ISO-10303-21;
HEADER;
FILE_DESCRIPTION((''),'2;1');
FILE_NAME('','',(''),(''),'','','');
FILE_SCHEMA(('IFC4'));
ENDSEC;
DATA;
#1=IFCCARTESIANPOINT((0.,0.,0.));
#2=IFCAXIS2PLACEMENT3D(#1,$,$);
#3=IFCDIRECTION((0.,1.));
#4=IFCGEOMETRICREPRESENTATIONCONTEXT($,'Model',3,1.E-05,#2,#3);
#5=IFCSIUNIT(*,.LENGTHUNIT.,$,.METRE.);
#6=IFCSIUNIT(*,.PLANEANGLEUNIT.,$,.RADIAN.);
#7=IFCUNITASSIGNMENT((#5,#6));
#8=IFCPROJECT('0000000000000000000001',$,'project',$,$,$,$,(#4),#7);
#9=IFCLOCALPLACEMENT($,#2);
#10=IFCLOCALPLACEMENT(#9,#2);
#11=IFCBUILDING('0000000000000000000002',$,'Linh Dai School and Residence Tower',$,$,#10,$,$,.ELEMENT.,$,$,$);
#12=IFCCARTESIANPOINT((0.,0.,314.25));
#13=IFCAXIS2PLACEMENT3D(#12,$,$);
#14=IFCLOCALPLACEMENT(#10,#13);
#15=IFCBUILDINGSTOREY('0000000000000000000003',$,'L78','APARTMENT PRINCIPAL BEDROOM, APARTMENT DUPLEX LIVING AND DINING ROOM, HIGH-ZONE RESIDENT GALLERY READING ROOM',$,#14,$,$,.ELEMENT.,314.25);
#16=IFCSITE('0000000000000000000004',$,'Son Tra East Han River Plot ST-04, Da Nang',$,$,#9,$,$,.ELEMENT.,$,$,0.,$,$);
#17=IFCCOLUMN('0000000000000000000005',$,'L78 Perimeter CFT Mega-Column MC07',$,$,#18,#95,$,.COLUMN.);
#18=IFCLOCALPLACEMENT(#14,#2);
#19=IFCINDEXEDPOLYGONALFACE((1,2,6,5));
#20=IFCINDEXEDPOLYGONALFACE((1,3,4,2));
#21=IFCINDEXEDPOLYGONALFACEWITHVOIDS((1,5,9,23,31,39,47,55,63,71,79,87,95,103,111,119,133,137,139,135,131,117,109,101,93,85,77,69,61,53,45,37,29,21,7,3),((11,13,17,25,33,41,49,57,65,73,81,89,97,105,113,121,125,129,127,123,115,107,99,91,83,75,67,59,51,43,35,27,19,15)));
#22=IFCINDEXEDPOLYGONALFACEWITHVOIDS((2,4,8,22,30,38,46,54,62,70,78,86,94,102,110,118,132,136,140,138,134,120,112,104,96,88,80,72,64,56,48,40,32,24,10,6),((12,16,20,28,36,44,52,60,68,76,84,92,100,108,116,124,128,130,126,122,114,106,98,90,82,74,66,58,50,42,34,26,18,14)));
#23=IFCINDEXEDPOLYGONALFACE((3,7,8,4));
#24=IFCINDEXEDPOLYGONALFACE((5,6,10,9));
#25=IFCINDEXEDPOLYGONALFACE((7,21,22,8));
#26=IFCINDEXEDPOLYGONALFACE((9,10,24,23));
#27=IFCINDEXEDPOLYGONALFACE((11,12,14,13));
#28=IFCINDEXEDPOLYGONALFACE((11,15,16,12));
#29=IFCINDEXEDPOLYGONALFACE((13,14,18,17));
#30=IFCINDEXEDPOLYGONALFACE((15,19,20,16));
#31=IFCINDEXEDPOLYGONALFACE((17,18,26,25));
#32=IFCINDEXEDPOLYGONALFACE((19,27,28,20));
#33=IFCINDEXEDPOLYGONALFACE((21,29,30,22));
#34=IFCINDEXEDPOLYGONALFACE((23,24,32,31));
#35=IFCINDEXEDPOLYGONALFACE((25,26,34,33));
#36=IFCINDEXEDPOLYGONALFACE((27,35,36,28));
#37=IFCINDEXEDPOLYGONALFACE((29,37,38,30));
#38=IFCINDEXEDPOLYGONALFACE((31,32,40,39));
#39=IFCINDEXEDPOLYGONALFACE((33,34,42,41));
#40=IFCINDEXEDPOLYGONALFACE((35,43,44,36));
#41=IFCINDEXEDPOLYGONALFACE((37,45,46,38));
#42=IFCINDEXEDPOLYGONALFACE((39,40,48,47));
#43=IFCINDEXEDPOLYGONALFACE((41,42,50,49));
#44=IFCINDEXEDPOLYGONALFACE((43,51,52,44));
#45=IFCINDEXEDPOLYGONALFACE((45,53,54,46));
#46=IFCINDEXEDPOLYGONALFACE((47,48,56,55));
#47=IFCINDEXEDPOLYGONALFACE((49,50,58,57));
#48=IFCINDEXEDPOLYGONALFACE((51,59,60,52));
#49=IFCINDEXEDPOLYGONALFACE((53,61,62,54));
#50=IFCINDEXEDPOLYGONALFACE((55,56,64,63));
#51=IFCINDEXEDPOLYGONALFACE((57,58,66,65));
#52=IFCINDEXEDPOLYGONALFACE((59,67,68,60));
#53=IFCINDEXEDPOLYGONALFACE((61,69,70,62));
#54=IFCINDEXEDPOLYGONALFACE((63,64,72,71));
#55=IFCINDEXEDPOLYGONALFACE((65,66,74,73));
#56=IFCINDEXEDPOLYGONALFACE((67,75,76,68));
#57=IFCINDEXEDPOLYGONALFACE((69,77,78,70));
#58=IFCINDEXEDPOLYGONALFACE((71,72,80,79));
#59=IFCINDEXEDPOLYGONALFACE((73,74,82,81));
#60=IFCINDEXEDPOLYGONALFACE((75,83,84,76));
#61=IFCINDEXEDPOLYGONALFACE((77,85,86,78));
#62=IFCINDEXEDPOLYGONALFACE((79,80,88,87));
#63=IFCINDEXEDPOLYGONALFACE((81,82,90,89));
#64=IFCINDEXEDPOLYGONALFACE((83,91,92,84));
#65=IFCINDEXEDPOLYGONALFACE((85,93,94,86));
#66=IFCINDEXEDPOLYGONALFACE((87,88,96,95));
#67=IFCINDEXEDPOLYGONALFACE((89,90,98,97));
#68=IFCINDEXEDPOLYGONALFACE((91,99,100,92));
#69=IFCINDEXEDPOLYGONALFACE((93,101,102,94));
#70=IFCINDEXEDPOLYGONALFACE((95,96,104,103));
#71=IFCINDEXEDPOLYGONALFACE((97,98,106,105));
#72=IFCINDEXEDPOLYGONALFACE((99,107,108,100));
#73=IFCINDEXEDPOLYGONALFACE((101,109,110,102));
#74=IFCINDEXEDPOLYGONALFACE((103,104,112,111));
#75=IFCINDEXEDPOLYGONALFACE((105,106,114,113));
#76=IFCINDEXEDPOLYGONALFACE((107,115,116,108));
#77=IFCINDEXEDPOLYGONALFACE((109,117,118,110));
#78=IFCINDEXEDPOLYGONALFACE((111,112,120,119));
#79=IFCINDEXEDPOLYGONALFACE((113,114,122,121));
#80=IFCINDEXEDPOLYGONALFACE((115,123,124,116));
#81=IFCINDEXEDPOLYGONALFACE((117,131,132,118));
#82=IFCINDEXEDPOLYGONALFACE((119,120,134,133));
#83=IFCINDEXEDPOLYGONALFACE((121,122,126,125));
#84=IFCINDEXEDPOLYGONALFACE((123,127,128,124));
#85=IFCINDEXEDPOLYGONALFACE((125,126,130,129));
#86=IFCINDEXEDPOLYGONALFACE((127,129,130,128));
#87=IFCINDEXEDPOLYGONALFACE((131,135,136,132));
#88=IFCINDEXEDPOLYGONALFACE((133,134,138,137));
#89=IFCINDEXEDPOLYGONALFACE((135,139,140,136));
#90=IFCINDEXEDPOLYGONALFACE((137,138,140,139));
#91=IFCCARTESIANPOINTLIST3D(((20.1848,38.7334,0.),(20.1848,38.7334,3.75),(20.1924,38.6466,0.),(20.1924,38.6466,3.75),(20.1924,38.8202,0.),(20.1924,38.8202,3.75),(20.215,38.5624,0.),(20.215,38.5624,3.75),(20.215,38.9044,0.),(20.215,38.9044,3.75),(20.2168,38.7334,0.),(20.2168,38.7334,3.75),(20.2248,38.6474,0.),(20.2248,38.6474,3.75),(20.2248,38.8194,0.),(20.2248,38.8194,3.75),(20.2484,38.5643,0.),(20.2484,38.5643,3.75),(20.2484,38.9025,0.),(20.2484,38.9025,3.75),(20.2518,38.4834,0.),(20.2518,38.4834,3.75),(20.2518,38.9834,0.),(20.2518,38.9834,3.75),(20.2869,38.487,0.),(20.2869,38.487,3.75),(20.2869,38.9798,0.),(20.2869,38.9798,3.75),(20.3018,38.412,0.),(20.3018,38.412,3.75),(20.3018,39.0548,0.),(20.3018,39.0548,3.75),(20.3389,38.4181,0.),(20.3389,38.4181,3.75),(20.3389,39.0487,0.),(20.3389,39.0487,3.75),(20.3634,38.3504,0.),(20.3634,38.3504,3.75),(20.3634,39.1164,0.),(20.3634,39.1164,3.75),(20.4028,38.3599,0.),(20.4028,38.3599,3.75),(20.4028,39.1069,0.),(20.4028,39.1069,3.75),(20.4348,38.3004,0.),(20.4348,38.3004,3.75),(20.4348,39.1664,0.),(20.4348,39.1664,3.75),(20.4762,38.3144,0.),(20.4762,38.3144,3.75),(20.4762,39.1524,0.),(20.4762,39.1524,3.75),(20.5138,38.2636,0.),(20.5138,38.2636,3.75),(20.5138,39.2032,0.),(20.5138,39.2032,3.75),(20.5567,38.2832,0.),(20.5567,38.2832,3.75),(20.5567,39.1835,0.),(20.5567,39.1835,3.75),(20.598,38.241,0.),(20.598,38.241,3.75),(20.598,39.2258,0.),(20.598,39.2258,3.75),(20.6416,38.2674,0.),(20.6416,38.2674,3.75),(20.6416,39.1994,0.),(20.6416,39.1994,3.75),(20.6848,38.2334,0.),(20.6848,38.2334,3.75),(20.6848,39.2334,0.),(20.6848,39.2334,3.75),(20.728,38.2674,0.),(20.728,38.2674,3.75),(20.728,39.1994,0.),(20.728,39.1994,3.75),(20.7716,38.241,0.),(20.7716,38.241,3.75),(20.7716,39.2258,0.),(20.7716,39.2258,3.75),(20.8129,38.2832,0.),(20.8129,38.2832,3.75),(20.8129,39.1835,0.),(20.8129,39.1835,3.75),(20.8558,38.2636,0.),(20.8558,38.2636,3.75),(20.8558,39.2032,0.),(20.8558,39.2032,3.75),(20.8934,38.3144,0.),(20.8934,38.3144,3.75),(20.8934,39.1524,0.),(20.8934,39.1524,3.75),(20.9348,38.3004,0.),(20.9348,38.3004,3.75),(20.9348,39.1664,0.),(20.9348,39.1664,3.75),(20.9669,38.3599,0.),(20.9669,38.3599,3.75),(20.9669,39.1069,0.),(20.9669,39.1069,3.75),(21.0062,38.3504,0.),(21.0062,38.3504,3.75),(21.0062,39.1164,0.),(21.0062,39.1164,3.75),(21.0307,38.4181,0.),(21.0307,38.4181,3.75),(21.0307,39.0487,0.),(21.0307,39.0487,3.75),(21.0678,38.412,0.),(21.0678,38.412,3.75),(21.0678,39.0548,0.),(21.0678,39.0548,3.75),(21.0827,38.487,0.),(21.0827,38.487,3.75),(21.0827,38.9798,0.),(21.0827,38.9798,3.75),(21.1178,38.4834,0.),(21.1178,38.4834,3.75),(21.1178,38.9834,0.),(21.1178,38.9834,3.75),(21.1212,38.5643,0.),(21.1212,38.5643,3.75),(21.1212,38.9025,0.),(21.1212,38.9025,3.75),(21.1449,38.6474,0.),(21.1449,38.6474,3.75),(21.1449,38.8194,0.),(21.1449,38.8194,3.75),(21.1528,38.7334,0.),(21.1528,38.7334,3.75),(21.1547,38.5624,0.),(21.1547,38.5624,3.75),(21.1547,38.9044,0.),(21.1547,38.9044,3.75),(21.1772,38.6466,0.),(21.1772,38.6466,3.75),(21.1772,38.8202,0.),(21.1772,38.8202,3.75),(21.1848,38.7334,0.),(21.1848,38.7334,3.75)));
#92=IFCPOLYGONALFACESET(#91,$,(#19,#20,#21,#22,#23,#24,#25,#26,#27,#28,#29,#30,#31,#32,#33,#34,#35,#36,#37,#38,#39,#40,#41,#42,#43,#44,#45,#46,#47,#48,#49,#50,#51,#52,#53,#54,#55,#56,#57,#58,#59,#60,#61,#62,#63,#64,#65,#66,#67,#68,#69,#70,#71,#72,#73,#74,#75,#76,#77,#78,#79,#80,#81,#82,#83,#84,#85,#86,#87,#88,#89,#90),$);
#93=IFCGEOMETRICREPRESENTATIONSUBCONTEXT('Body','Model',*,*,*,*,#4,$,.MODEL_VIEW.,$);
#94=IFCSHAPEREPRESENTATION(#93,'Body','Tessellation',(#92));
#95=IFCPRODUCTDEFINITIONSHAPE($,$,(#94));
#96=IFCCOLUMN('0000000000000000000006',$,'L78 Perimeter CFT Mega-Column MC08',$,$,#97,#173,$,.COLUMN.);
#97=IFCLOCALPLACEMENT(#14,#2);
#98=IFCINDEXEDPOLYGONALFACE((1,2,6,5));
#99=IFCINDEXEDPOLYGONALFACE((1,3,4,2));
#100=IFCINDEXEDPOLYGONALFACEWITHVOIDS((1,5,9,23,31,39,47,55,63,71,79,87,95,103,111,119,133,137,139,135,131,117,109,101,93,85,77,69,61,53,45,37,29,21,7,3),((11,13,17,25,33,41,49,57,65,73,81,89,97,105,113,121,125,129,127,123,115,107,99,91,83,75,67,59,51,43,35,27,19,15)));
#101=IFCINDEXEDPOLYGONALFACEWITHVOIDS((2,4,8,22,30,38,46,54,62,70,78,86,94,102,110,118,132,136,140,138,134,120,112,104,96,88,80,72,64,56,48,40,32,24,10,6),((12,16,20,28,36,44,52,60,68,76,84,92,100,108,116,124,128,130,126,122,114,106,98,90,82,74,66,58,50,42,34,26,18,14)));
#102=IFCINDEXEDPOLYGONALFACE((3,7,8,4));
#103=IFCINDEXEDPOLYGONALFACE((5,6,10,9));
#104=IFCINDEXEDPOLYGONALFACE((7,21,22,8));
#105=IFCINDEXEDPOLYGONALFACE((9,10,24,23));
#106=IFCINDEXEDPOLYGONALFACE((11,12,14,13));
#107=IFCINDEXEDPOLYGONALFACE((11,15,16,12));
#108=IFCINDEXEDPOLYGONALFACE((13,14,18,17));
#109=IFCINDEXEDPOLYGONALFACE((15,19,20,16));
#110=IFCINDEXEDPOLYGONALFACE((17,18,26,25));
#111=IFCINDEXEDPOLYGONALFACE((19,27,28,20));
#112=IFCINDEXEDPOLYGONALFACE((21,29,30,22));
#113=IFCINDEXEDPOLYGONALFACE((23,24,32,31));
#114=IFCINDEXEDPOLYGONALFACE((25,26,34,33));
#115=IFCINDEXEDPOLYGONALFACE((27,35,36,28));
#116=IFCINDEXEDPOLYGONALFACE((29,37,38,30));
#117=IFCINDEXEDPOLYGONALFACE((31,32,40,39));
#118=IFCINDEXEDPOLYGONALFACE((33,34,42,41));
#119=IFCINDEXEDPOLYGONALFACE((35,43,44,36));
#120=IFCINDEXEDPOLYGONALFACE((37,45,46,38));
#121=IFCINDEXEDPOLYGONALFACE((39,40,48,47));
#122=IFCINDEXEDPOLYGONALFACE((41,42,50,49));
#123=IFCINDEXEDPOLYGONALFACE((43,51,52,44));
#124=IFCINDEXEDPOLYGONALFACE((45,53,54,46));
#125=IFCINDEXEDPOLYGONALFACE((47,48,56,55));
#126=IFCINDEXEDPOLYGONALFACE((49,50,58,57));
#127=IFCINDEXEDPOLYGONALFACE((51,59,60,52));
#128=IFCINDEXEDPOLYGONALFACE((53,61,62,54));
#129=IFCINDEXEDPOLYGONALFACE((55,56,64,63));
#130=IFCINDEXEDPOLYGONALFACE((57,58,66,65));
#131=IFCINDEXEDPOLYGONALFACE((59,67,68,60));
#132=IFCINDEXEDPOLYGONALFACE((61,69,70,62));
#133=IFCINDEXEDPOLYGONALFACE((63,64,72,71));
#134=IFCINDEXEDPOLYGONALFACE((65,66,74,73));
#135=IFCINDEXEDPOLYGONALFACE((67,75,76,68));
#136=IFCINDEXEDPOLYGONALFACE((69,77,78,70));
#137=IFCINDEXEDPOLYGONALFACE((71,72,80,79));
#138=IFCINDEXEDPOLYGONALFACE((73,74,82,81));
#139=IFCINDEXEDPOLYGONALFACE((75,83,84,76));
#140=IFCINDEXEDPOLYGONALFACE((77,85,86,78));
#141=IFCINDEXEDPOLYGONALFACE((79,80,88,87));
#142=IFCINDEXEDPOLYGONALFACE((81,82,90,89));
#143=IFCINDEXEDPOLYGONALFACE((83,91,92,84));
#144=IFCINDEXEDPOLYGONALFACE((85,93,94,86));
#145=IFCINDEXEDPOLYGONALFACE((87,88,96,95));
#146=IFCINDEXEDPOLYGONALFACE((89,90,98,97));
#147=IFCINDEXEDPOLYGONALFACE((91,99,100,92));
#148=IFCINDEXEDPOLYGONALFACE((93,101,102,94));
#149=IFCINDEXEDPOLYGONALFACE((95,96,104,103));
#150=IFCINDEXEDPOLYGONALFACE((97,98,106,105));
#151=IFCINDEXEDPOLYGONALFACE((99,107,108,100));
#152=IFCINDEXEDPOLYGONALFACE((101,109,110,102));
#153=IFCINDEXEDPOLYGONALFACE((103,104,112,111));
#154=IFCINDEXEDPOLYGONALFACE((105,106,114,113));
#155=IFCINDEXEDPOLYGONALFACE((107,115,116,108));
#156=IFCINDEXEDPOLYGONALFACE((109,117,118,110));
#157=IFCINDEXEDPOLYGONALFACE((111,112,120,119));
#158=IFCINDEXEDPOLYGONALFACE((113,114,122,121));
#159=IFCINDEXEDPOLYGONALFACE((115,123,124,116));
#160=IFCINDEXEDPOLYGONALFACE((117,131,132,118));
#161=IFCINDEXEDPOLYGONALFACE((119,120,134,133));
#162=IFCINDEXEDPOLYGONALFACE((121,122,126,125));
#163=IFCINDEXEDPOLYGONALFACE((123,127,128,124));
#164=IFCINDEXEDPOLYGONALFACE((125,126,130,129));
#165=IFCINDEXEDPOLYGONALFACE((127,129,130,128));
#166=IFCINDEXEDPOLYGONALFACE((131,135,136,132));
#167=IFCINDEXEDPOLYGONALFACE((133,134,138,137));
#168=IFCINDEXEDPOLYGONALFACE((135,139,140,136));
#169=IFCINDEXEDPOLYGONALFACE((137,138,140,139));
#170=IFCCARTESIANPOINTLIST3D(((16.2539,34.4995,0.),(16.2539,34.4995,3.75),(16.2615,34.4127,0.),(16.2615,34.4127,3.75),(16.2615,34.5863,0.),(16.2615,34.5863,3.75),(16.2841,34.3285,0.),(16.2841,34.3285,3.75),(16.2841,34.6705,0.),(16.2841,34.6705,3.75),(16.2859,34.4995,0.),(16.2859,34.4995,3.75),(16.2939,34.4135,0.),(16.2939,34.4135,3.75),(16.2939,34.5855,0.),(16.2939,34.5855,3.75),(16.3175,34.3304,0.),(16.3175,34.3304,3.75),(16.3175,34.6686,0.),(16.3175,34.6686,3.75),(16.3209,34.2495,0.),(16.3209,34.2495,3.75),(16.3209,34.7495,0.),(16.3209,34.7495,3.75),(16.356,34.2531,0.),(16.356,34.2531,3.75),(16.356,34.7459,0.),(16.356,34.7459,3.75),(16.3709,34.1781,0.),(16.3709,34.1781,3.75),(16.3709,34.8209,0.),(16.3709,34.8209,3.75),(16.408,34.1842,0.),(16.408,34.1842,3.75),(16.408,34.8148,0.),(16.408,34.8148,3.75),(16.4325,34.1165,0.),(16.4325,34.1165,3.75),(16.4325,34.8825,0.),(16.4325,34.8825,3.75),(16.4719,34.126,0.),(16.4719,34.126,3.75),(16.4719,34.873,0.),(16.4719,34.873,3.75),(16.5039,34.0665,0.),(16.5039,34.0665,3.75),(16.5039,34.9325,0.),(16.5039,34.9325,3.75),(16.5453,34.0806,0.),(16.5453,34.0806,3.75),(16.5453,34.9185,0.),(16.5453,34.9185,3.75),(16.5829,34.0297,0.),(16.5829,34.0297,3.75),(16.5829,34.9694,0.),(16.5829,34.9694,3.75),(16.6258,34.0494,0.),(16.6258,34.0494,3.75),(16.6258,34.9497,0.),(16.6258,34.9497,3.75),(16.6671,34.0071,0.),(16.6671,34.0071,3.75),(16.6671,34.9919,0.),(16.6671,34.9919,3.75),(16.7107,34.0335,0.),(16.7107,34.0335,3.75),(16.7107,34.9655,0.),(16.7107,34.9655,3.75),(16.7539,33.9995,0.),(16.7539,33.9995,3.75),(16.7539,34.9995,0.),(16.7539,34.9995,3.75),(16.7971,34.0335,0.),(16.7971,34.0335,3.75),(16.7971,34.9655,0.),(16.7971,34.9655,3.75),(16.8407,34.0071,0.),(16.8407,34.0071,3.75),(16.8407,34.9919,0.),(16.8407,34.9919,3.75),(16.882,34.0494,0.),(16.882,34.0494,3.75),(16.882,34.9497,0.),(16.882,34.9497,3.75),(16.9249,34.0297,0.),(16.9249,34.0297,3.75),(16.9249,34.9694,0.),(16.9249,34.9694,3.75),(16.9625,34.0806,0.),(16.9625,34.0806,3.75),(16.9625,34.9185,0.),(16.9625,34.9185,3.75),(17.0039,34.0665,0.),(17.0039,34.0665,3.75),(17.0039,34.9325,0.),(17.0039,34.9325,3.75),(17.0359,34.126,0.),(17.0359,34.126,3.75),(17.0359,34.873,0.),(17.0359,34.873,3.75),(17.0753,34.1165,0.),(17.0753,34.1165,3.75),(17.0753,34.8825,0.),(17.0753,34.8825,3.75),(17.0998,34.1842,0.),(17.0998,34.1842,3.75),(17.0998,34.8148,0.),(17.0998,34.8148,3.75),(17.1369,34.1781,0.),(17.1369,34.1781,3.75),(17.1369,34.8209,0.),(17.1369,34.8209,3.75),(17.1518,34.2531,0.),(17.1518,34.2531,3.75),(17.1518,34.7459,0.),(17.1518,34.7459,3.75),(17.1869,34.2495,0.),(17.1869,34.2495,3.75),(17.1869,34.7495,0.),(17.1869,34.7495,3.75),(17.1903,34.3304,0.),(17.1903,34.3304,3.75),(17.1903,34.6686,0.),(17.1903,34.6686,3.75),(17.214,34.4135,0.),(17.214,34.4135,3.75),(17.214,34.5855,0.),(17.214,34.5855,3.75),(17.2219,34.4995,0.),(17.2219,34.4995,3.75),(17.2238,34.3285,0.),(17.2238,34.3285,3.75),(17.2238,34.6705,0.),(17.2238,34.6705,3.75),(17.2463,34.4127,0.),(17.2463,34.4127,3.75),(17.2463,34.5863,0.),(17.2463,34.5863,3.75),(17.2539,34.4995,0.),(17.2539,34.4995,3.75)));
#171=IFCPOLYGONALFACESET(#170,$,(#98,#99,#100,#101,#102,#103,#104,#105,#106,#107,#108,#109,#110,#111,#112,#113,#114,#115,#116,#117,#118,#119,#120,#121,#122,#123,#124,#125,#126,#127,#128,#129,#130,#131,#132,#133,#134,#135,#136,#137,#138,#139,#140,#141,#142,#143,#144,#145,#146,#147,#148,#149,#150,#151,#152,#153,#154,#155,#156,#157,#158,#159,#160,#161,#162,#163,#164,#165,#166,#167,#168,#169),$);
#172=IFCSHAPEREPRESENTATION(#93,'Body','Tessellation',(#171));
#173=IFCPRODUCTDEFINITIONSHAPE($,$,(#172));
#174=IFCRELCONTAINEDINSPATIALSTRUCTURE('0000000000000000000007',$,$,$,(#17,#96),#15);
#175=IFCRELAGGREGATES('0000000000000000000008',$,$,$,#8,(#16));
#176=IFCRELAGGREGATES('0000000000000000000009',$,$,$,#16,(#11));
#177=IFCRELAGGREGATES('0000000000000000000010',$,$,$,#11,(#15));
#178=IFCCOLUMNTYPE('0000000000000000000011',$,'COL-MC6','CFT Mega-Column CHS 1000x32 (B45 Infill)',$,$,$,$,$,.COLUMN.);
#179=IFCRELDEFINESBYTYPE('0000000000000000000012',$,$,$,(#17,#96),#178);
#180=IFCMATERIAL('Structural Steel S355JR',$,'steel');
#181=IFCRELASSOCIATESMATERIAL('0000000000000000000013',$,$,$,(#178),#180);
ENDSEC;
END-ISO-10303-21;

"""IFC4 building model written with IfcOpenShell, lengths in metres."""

from ifc_helpers import new_model, si_unit, direction, frame, origin, origin_2d, place, context, subcontext, project, spatial, hollow_circle, extrude, material, material_profile, profile_set, type_object, element, save


model = new_model("IFC4")

# Units and contexts
model_context = context("Model", 3, precision=1e-05, world=origin(), true_north=direction((0.0, 1.0)))
body_context = subcontext(model_context, "Body", "Model", "MODEL_VIEW")
ifc_project = project(units=[si_unit("LENGTHUNIT", "METRE"), si_unit("PLANEANGLEUNIT", "RADIAN")], contexts=[model_context])

# Site, building, storey
site_placement = place(None, origin())
site = spatial("IfcSite", under=ifc_project, at=site_placement, Name="Son Tra East Han River Plot ST-04, Da Nang", CompositionType="ELEMENT", RefElevation=0.0)
building_placement = place(site_placement, origin())
building = spatial("IfcBuilding", under=site, at=building_placement, Name="Linh Dai School and Residence Tower", CompositionType="ELEMENT")
storey_placement = place(building_placement, frame((0.0, 0.0, 314.25)))
storey = spatial("IfcBuildingStorey", under=building, at=storey_placement, Name="L78", Description="APARTMENT PRINCIPAL BEDROOM, APARTMENT DUPLEX LIVING AND DINING ROOM, HIGH-ZONE RESIDENT GALLERY READING ROOM", CompositionType="ELEMENT", Elevation=314.25)

# Columns
ifc_material_1 = material(Name="Structural Steel S355JR", Category="steel")
ifc_material_profile_1 = material_profile(ifc_material_1, hollow_circle(Radius=0.5, WallThickness=0.032, at=origin_2d()), Name="CHS 1000x32")
ifc_profile_set_1 = profile_set([ifc_material_profile_1], Name="Structural Steel S355JR")
column_type = type_object("IfcColumnType", Name="COL-MC6", Description="CFT Mega-Column CHS 1000x32 (B45 Infill)", PredefinedType="COLUMN", material=ifc_profile_set_1)
for number, where, z_axis, x_axis, name in (
    (1, (20.6848, 38.7334, 0.0), (0.0, 0.0, 1.0), (1.0, 0.0, 0.0), "L78 Perimeter CFT Mega-Column MC07"),
    (2, (16.7539, 34.4995, 0.0), (0.0, 0.0, 1.0), (1.0, 0.0, 0.0), "L78 Perimeter CFT Mega-Column MC08"),
):
    element("IfcColumn", number, at=place(storey_placement, frame(where, z_axis=z_axis, x_axis=x_axis)), inside=storey, type_object=column_type, Name=name, PredefinedType="COLUMN", context=body_context, shape_type="SweptSolid", body=[
        extrude(hollow_circle(Radius=0.5, WallThickness=0.032, at=origin_2d()), origin(), (0.0, 0.0, 1.0), 3.75),
    ])

save(model, "model.ifc")
